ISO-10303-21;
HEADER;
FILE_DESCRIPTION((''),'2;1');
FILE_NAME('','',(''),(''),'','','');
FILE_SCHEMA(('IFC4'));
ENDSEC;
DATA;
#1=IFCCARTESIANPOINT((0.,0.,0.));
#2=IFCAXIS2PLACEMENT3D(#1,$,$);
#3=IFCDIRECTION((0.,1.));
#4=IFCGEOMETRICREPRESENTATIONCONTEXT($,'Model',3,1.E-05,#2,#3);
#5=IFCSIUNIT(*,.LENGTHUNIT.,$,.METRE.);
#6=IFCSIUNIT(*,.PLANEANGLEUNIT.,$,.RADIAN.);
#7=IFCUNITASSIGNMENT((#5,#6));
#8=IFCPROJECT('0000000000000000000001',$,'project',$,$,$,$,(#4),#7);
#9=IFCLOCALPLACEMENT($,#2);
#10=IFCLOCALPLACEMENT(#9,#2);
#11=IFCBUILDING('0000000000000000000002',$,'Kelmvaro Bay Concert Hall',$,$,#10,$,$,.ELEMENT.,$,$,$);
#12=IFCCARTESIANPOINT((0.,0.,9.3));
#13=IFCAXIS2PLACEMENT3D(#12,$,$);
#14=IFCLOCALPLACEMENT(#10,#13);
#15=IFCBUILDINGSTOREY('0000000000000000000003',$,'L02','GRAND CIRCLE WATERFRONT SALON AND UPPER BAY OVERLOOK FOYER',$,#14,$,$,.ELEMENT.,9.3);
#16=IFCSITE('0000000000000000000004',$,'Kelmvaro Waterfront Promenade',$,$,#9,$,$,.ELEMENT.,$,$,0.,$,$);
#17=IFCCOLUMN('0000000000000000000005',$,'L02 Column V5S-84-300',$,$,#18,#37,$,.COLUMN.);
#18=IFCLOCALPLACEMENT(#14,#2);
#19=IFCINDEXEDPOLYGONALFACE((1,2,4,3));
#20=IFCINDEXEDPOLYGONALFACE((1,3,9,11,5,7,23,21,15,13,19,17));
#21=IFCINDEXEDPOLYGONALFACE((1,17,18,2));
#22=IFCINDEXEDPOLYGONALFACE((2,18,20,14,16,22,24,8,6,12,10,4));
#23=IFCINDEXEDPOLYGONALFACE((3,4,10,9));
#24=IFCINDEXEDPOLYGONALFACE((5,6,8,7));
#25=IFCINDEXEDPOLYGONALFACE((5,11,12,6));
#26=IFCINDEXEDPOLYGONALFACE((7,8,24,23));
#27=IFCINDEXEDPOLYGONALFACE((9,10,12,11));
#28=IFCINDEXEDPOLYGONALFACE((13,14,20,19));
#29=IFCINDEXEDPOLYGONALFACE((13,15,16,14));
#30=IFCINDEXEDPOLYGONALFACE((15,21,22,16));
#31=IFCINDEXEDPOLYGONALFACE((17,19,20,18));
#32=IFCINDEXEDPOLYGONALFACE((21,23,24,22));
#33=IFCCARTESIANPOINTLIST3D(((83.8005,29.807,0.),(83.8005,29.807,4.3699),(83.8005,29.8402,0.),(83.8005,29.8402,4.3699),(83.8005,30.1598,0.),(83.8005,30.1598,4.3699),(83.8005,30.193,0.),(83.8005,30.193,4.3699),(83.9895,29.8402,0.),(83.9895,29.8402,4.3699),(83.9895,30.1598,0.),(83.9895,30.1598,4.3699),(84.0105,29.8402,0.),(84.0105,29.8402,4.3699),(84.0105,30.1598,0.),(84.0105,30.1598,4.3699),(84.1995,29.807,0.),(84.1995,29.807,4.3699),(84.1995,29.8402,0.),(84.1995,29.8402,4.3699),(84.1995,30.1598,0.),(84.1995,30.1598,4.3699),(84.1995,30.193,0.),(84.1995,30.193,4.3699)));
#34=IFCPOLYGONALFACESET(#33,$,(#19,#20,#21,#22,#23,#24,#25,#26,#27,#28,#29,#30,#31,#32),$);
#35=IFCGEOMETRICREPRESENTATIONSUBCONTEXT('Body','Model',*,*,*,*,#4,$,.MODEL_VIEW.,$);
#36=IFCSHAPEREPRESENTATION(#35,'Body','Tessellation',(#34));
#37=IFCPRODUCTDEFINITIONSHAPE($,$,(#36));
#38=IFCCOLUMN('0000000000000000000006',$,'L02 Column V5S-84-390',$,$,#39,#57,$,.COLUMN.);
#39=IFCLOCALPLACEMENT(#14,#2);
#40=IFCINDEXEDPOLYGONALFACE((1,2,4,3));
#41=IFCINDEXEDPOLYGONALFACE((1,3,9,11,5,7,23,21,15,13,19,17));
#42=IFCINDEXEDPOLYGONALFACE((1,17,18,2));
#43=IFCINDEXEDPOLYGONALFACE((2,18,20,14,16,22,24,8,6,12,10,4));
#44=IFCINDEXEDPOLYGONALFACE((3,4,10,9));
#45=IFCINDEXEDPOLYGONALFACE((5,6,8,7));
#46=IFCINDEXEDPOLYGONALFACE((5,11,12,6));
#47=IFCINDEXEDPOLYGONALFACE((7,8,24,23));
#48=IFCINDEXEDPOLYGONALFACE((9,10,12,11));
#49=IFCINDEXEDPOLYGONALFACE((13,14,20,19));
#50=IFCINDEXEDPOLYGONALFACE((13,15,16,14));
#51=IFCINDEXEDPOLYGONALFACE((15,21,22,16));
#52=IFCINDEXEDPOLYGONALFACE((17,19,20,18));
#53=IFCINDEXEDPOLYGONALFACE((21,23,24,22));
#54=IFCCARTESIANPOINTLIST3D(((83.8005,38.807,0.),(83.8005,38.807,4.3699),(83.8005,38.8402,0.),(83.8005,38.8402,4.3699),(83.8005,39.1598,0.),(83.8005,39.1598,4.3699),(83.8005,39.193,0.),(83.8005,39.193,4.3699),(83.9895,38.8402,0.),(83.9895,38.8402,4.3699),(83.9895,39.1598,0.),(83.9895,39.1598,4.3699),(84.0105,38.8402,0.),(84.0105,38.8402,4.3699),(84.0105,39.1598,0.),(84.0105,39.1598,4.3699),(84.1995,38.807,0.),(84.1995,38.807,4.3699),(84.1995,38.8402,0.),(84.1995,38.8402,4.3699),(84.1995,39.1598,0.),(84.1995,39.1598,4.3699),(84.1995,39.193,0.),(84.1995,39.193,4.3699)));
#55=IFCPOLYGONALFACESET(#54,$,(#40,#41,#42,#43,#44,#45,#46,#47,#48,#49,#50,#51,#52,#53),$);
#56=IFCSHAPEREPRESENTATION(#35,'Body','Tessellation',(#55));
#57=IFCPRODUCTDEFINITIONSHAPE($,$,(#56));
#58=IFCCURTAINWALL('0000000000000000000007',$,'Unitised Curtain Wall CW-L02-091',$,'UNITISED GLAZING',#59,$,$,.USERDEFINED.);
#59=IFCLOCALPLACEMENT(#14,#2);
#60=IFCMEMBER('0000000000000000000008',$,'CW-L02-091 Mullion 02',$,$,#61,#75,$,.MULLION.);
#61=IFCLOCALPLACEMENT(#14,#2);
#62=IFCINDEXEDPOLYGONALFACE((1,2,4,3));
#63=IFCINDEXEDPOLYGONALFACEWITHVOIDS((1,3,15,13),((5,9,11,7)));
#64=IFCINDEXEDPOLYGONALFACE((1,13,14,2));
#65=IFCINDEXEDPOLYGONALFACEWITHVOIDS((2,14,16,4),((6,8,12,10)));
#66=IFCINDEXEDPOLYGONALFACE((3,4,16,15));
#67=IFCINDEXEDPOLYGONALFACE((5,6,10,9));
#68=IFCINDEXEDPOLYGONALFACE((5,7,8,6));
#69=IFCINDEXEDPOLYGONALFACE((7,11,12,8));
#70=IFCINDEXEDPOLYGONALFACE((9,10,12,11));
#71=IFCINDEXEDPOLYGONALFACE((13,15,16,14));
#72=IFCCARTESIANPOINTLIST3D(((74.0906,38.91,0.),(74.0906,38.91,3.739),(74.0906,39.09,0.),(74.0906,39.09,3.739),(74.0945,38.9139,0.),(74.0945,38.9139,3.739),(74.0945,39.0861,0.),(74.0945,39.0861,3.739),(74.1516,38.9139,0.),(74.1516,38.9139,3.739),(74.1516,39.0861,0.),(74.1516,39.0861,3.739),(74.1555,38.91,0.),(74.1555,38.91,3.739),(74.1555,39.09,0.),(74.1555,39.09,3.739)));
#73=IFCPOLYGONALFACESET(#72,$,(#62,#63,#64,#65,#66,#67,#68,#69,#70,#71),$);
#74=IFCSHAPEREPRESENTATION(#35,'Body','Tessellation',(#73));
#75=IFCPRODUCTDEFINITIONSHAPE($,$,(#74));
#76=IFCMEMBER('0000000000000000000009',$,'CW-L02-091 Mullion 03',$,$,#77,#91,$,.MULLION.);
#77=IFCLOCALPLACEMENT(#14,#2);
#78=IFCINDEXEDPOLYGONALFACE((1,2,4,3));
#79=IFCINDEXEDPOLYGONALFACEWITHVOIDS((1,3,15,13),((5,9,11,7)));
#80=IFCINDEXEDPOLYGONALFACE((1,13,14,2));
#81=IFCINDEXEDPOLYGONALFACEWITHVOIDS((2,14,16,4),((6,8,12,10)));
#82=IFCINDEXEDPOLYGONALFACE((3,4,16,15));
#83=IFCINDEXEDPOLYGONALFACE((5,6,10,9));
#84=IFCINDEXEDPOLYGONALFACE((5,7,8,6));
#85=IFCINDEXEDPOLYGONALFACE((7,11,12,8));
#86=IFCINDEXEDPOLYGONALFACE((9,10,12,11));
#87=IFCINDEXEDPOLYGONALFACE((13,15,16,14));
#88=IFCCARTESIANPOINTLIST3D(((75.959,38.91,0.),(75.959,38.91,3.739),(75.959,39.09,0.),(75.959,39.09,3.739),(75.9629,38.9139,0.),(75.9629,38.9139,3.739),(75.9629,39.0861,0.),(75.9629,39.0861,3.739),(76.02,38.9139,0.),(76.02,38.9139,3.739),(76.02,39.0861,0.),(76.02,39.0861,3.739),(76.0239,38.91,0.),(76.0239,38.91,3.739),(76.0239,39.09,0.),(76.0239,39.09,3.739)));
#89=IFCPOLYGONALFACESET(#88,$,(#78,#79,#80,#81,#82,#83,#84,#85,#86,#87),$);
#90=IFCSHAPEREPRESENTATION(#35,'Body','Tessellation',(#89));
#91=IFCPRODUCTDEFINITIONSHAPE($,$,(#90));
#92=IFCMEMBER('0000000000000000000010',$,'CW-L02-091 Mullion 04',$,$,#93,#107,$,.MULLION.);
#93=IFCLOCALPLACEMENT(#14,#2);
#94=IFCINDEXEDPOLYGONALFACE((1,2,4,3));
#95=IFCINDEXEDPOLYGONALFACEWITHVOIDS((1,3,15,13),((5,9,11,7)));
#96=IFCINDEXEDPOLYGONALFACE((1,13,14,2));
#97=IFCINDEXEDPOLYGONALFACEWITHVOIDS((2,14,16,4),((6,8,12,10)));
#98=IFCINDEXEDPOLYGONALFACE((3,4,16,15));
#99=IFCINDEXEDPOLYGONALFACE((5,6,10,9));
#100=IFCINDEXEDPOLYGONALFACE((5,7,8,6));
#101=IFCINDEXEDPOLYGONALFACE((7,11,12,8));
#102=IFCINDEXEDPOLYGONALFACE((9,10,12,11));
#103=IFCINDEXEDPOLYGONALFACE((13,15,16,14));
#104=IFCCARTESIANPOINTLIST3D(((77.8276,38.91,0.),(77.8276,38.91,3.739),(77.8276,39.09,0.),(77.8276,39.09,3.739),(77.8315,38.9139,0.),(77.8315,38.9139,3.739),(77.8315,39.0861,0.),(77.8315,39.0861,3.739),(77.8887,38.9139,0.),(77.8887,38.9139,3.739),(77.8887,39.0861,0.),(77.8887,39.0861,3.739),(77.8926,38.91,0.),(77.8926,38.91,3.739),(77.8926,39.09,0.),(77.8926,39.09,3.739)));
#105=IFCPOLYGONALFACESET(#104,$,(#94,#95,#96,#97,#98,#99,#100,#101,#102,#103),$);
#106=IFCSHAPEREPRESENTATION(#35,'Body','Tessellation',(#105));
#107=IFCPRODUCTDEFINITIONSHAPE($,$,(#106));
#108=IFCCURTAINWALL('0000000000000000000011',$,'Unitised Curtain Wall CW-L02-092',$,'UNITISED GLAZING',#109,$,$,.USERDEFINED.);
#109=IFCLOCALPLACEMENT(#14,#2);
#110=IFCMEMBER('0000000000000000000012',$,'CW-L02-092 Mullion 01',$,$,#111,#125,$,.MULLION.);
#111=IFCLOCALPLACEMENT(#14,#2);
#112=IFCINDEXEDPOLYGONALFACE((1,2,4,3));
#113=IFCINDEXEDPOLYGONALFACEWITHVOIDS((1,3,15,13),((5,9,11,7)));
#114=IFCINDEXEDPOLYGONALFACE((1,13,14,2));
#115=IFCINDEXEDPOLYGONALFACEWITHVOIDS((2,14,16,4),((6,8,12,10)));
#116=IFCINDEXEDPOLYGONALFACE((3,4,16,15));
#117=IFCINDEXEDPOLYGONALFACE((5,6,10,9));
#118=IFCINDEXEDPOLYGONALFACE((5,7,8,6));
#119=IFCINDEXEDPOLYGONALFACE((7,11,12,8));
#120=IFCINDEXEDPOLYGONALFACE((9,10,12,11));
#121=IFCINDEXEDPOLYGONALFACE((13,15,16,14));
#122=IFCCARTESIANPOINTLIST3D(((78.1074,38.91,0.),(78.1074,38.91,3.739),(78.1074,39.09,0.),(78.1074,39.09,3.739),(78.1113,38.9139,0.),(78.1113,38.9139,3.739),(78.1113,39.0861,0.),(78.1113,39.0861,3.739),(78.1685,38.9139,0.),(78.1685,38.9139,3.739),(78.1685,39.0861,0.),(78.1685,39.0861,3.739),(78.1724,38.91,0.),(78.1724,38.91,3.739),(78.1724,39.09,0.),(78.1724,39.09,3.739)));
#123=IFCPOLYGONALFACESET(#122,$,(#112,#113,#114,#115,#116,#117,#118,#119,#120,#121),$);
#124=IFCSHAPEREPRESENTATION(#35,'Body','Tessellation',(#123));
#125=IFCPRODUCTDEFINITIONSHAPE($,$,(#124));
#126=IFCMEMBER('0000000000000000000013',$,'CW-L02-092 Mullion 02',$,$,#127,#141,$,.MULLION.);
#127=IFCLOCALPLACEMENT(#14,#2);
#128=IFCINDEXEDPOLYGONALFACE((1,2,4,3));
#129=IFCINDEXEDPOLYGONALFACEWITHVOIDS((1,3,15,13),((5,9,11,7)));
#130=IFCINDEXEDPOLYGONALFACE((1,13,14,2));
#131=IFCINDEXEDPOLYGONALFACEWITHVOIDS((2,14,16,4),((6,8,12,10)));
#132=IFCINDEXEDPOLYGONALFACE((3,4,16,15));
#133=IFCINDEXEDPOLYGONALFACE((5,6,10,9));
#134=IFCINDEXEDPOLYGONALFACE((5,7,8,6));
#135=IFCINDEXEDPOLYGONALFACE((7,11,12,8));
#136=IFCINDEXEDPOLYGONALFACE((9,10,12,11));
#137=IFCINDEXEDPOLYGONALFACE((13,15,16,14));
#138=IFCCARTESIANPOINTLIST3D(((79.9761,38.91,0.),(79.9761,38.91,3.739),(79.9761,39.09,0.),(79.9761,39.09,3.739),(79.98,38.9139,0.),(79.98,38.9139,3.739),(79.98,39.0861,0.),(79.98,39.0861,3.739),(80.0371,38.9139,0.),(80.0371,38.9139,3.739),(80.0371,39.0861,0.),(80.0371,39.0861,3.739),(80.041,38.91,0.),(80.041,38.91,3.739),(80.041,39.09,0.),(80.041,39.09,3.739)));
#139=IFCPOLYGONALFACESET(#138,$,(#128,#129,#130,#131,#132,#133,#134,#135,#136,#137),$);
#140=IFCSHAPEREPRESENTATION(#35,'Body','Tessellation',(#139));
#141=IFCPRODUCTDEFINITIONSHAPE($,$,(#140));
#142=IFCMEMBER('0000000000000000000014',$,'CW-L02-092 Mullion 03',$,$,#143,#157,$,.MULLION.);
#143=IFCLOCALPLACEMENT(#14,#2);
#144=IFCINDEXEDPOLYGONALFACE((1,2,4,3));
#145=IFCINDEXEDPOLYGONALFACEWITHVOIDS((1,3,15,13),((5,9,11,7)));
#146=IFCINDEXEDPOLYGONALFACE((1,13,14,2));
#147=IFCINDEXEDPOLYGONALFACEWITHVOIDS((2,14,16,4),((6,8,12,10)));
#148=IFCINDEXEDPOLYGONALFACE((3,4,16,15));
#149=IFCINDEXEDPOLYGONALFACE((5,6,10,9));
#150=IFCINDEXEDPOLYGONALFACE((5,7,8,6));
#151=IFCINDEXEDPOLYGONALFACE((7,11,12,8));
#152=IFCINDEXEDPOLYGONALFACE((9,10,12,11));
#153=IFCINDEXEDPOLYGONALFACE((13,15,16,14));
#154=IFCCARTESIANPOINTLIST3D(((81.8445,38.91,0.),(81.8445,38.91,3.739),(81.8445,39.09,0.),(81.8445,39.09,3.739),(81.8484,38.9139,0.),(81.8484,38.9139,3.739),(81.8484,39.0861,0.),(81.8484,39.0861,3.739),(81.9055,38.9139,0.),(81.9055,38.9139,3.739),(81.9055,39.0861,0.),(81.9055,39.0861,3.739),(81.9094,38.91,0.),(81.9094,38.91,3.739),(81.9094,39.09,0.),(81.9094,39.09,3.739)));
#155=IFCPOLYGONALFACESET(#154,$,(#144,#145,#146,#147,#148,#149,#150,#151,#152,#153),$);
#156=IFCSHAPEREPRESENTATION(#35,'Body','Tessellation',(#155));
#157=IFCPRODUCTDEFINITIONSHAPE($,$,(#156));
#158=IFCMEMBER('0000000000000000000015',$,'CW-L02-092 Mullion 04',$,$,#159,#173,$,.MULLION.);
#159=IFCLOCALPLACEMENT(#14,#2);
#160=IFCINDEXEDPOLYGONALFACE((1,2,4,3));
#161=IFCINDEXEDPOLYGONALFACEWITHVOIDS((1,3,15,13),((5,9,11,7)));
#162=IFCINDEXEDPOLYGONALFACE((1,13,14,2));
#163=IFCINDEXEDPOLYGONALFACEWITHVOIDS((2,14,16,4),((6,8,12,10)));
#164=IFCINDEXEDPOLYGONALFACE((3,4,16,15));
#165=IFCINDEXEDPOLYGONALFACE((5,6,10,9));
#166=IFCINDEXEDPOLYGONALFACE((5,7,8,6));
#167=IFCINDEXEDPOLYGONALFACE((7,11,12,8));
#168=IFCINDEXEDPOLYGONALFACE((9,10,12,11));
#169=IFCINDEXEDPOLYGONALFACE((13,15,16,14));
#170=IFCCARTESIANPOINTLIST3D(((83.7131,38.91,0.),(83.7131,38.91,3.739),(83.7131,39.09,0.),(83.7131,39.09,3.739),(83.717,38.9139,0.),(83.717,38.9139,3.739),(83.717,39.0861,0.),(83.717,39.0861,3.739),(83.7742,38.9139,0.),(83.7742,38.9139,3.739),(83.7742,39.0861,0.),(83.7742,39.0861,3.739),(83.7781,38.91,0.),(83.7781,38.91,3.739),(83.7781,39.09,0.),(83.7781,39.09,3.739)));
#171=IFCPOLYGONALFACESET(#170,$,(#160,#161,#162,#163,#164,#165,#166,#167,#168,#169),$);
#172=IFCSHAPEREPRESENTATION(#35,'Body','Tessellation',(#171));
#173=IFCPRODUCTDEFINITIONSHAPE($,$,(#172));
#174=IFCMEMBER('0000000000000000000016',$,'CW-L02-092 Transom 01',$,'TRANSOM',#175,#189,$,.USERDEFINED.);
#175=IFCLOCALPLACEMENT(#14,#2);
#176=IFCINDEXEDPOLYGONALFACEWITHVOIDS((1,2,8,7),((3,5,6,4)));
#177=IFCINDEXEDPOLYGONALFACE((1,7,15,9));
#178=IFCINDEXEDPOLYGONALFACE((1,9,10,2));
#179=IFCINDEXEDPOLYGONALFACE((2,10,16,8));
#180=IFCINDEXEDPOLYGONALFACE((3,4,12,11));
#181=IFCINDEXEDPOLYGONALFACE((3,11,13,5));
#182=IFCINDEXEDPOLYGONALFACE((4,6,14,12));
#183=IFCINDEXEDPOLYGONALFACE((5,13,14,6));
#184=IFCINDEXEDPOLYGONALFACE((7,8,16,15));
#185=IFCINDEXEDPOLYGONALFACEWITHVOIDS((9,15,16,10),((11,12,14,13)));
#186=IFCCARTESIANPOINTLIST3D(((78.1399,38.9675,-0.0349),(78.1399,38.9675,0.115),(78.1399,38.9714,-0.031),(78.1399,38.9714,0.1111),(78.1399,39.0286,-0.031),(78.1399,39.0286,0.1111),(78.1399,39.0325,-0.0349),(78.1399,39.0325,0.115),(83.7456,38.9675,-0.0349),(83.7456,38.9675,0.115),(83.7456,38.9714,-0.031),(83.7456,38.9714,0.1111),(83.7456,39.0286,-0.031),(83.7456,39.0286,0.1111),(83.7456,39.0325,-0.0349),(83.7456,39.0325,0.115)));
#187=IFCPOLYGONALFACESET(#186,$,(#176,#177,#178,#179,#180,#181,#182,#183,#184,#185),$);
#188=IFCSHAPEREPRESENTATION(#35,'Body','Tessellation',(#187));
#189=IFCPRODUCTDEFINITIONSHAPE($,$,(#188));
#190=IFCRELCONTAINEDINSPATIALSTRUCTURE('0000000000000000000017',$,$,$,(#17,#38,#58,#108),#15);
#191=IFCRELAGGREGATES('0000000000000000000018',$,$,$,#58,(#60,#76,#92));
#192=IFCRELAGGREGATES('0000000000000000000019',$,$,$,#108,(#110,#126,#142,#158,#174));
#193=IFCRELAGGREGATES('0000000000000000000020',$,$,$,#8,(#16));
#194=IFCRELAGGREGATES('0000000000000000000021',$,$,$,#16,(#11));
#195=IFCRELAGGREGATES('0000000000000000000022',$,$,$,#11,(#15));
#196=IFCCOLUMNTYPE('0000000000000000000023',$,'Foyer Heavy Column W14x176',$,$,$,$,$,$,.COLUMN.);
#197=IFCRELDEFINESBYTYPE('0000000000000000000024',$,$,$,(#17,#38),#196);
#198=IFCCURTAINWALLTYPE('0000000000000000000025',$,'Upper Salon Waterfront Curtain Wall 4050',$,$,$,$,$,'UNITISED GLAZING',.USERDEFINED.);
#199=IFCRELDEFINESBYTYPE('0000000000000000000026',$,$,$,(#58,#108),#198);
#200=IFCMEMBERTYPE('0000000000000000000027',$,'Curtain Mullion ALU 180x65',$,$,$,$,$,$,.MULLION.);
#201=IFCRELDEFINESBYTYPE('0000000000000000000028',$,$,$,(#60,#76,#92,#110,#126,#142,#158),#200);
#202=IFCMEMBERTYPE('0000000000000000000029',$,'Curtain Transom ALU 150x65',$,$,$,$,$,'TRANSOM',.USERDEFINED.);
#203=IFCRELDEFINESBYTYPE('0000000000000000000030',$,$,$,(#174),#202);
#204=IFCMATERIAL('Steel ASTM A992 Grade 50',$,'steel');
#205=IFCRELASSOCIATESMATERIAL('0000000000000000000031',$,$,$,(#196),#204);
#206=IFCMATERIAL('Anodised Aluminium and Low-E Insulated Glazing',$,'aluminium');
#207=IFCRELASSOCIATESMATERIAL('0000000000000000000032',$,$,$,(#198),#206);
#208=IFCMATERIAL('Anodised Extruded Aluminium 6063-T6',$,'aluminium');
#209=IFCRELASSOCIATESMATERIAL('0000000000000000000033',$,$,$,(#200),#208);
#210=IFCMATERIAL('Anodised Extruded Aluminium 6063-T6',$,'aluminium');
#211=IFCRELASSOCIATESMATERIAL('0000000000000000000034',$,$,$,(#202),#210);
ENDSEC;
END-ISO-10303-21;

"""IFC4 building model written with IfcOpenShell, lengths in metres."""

from ifc_helpers import new_model, si_unit, direction, frame, origin, origin_2d, place, context, subcontext, project, spatial, hollow_rectangle, i_section, extrude, material, material_profile, profile_set, type_object, element, aggregate, save


model = new_model("IFC4")

# Units and contexts
model_context = context("Model", 3, precision=1e-05, world=origin(), true_north=direction((0.0, 1.0)))
body_context = subcontext(model_context, "Body", "Model", "MODEL_VIEW")
ifc_project = project(units=[si_unit("LENGTHUNIT", "METRE"), si_unit("PLANEANGLEUNIT", "RADIAN")], contexts=[model_context])

# Site, building, storey
site_placement = place(None, origin())
site = spatial("IfcSite", under=ifc_project, at=site_placement, Name="Kelmvaro Waterfront Promenade", CompositionType="ELEMENT", RefElevation=0.0)
building_placement = place(site_placement, origin())
building = spatial("IfcBuilding", under=site, at=building_placement, Name="Kelmvaro Bay Concert Hall", CompositionType="ELEMENT")
storey_placement = place(building_placement, frame((0.0, 0.0, 9.3)))
storey = spatial("IfcBuildingStorey", under=building, at=storey_placement, Name="L02", Description="GRAND CIRCLE WATERFRONT SALON AND UPPER BAY OVERLOOK FOYER", CompositionType="ELEMENT", Elevation=9.3)

# Columns
ifc_material_1 = material(Name="Steel ASTM A992 Grade 50", Category="steel")
ifc_material_profile_1 = material_profile(ifc_material_1, i_section(OverallWidth=0.3989, OverallDepth=0.386, WebThickness=0.021, FlangeThickness=0.0332, at=origin_2d()), Name="W14X176")
ifc_profile_set_1 = profile_set([ifc_material_profile_1], Name="Steel ASTM A992 Grade 50")
column_type = type_object("IfcColumnType", Name="Foyer Heavy Column W14x176", PredefinedType="COLUMN", material=ifc_profile_set_1)
for number, where, z_axis, x_axis, name in (
    (1, (84.0, 30.0, 0.0), (0.0, 0.0, 1.0), (1.0, 0.0, 0.0), "L02 Column V5S-84-300"),
    (2, (84.0, 39.0, 0.0), (0.0, 0.0, 1.0), (1.0, 0.0, 0.0), "L02 Column V5S-84-390"),
):
    element("IfcColumn", number, at=place(storey_placement, frame(where, z_axis=z_axis, x_axis=x_axis)), inside=storey, type_object=column_type, Name=name, PredefinedType="COLUMN", context=body_context, shape_type="SweptSolid", body=[
        extrude(i_section(OverallWidth=0.3989, OverallDepth=0.386, WebThickness=0.021, FlangeThickness=0.0332, at=origin_2d()), origin(), (0.0, 0.0, 1.0), 4.3699),
    ])

# Curtain walls, members
ifc_material_2 = material(Name="Anodised Aluminium and Low-E Insulated Glazing", Category="aluminium")
curtain_wall_type = type_object("IfcCurtainWallType", Name="Upper Salon Waterfront Curtain Wall 4050", ElementType="UNITISED GLAZING", PredefinedType="USERDEFINED", material=ifc_material_2)
curtain_wall_1_placement = place(storey_placement, origin())
curtain_wall_1 = element("IfcCurtainWall", 3, at=curtain_wall_1_placement, inside=storey, type_object=curtain_wall_type, Name="Unitised Curtain Wall CW-L02-091", ObjectType="UNITISED GLAZING", PredefinedType="USERDEFINED")
ifc_material_3 = material(Name="Anodised Extruded Aluminium 6063-T6", Category="aluminium")
ifc_material_profile_2 = material_profile(ifc_material_3, hollow_rectangle(XDim=0.0649, YDim=0.1799, WallThickness=0.0039, at=origin_2d()), Name="ALU-MUL-180X65")
ifc_profile_set_2 = profile_set([ifc_material_profile_2], Name="Anodised Extruded Aluminium 6063-T6")
member_type_1 = type_object("IfcMemberType", Name="Curtain Mullion ALU 180x65", PredefinedType="MULLION", material=ifc_profile_set_2)
member_1_placement = place(storey_placement, frame((74.123, 39.0, 0.0), z_axis=(0.0, 0.0, 1.0), x_axis=(1.0, 0.0, 0.0)))
member_1 = element("IfcMember", 4, at=member_1_placement, type_object=member_type_1, Name="CW-L02-091 Mullion 02", PredefinedType="MULLION", context=body_context, shape_type="SweptSolid", body=[
    extrude(hollow_rectangle(XDim=0.0649, YDim=0.1799, WallThickness=0.0039, at=origin_2d()), origin(), (0.0, 0.0, 1.0), 3.739),
])
member_2_placement = place(storey_placement, frame((75.9915, 39.0, 0.0), z_axis=(0.0, 0.0, 1.0), x_axis=(1.0, 0.0, 0.0)))
member_2 = element("IfcMember", 5, at=member_2_placement, type_object=member_type_1, Name="CW-L02-091 Mullion 03", PredefinedType="MULLION", context=body_context, shape_type="SweptSolid", body=[
    extrude(hollow_rectangle(XDim=0.0649, YDim=0.1799, WallThickness=0.0039, at=origin_2d()), origin(), (0.0, 0.0, 1.0), 3.739),
])
member_3_placement = place(storey_placement, frame((77.8601, 39.0, 0.0), z_axis=(0.0, 0.0, 1.0), x_axis=(1.0, 0.0, 0.0)))
member_3 = element("IfcMember", 6, at=member_3_placement, type_object=member_type_1, Name="CW-L02-091 Mullion 04", PredefinedType="MULLION", context=body_context, shape_type="SweptSolid", body=[
    extrude(hollow_rectangle(XDim=0.0649, YDim=0.1799, WallThickness=0.0039, at=origin_2d()), origin(), (0.0, 0.0, 1.0), 3.739),
])
curtain_wall_2_placement = place(storey_placement, origin())
curtain_wall_2 = element("IfcCurtainWall", 7, at=curtain_wall_2_placement, inside=storey, type_object=curtain_wall_type, Name="Unitised Curtain Wall CW-L02-092", ObjectType="UNITISED GLAZING", PredefinedType="USERDEFINED")
member_4_placement = place(storey_placement, frame((78.1399, 39.0, 0.0), z_axis=(0.0, 0.0, 1.0), x_axis=(1.0, 0.0, 0.0)))
member_4 = element("IfcMember", 8, at=member_4_placement, type_object=member_type_1, Name="CW-L02-092 Mullion 01", PredefinedType="MULLION", context=body_context, shape_type="SweptSolid", body=[
    extrude(hollow_rectangle(XDim=0.0649, YDim=0.1799, WallThickness=0.0039, at=origin_2d()), origin(), (0.0, 0.0, 1.0), 3.739),
])
member_5_placement = place(storey_placement, frame((80.0085, 39.0, 0.0), z_axis=(0.0, 0.0, 1.0), x_axis=(1.0, 0.0, 0.0)))
member_5 = element("IfcMember", 9, at=member_5_placement, type_object=member_type_1, Name="CW-L02-092 Mullion 02", PredefinedType="MULLION", context=body_context, shape_type="SweptSolid", body=[
    extrude(hollow_rectangle(XDim=0.0649, YDim=0.1799, WallThickness=0.0039, at=origin_2d()), origin(), (0.0, 0.0, 1.0), 3.739),
])
member_6_placement = place(storey_placement, frame((81.877, 39.0, 0.0), z_axis=(0.0, 0.0, 1.0), x_axis=(1.0, 0.0, 0.0)))
member_6 = element("IfcMember", 10, at=member_6_placement, type_object=member_type_1, Name="CW-L02-092 Mullion 03", PredefinedType="MULLION", context=body_context, shape_type="SweptSolid", body=[
    extrude(hollow_rectangle(XDim=0.0649, YDim=0.1799, WallThickness=0.0039, at=origin_2d()), origin(), (0.0, 0.0, 1.0), 3.739),
])
member_7_placement = place(storey_placement, frame((83.7456, 39.0, 0.0), z_axis=(0.0, 0.0, 1.0), x_axis=(1.0, 0.0, 0.0)))
member_7 = element("IfcMember", 11, at=member_7_placement, type_object=member_type_1, Name="CW-L02-092 Mullion 04", PredefinedType="MULLION", context=body_context, shape_type="SweptSolid", body=[
    extrude(hollow_rectangle(XDim=0.0649, YDim=0.1799, WallThickness=0.0039, at=origin_2d()), origin(), (0.0, 0.0, 1.0), 3.739),
])
ifc_material_4 = material(Name="Anodised Extruded Aluminium 6063-T6", Category="aluminium")
ifc_material_profile_3 = material_profile(ifc_material_4, hollow_rectangle(XDim=0.0649, YDim=0.1499, WallThickness=0.0039, at=origin_2d()), Name="ALU-TRN-150X65")
ifc_profile_set_3 = profile_set([ifc_material_profile_3], Name="Anodised Extruded Aluminium 6063-T6")
member_type_2 = type_object("IfcMemberType", Name="Curtain Transom ALU 150x65", ElementType="TRANSOM", PredefinedType="USERDEFINED", material=ifc_profile_set_3)
member_8_placement = place(storey_placement, frame((78.1399, 39.0, 0.04), z_axis=(1.0, 0.0, 0.0), x_axis=(0.0, 1.0, 0.0)))
member_8 = element("IfcMember", 12, at=member_8_placement, type_object=member_type_2, Name="CW-L02-092 Transom 01", ObjectType="TRANSOM", PredefinedType="USERDEFINED", context=body_context, shape_type="SweptSolid", body=[
    extrude(hollow_rectangle(XDim=0.0649, YDim=0.1499, WallThickness=0.0039, at=origin_2d()), origin(), (0.0, 0.0, 1.0), 5.6057),
])

aggregate(curtain_wall_1, [member_1, member_2, member_3])
aggregate(curtain_wall_2, [member_4, member_5, member_6, member_7, member_8])

save(model, "model.ifc")
